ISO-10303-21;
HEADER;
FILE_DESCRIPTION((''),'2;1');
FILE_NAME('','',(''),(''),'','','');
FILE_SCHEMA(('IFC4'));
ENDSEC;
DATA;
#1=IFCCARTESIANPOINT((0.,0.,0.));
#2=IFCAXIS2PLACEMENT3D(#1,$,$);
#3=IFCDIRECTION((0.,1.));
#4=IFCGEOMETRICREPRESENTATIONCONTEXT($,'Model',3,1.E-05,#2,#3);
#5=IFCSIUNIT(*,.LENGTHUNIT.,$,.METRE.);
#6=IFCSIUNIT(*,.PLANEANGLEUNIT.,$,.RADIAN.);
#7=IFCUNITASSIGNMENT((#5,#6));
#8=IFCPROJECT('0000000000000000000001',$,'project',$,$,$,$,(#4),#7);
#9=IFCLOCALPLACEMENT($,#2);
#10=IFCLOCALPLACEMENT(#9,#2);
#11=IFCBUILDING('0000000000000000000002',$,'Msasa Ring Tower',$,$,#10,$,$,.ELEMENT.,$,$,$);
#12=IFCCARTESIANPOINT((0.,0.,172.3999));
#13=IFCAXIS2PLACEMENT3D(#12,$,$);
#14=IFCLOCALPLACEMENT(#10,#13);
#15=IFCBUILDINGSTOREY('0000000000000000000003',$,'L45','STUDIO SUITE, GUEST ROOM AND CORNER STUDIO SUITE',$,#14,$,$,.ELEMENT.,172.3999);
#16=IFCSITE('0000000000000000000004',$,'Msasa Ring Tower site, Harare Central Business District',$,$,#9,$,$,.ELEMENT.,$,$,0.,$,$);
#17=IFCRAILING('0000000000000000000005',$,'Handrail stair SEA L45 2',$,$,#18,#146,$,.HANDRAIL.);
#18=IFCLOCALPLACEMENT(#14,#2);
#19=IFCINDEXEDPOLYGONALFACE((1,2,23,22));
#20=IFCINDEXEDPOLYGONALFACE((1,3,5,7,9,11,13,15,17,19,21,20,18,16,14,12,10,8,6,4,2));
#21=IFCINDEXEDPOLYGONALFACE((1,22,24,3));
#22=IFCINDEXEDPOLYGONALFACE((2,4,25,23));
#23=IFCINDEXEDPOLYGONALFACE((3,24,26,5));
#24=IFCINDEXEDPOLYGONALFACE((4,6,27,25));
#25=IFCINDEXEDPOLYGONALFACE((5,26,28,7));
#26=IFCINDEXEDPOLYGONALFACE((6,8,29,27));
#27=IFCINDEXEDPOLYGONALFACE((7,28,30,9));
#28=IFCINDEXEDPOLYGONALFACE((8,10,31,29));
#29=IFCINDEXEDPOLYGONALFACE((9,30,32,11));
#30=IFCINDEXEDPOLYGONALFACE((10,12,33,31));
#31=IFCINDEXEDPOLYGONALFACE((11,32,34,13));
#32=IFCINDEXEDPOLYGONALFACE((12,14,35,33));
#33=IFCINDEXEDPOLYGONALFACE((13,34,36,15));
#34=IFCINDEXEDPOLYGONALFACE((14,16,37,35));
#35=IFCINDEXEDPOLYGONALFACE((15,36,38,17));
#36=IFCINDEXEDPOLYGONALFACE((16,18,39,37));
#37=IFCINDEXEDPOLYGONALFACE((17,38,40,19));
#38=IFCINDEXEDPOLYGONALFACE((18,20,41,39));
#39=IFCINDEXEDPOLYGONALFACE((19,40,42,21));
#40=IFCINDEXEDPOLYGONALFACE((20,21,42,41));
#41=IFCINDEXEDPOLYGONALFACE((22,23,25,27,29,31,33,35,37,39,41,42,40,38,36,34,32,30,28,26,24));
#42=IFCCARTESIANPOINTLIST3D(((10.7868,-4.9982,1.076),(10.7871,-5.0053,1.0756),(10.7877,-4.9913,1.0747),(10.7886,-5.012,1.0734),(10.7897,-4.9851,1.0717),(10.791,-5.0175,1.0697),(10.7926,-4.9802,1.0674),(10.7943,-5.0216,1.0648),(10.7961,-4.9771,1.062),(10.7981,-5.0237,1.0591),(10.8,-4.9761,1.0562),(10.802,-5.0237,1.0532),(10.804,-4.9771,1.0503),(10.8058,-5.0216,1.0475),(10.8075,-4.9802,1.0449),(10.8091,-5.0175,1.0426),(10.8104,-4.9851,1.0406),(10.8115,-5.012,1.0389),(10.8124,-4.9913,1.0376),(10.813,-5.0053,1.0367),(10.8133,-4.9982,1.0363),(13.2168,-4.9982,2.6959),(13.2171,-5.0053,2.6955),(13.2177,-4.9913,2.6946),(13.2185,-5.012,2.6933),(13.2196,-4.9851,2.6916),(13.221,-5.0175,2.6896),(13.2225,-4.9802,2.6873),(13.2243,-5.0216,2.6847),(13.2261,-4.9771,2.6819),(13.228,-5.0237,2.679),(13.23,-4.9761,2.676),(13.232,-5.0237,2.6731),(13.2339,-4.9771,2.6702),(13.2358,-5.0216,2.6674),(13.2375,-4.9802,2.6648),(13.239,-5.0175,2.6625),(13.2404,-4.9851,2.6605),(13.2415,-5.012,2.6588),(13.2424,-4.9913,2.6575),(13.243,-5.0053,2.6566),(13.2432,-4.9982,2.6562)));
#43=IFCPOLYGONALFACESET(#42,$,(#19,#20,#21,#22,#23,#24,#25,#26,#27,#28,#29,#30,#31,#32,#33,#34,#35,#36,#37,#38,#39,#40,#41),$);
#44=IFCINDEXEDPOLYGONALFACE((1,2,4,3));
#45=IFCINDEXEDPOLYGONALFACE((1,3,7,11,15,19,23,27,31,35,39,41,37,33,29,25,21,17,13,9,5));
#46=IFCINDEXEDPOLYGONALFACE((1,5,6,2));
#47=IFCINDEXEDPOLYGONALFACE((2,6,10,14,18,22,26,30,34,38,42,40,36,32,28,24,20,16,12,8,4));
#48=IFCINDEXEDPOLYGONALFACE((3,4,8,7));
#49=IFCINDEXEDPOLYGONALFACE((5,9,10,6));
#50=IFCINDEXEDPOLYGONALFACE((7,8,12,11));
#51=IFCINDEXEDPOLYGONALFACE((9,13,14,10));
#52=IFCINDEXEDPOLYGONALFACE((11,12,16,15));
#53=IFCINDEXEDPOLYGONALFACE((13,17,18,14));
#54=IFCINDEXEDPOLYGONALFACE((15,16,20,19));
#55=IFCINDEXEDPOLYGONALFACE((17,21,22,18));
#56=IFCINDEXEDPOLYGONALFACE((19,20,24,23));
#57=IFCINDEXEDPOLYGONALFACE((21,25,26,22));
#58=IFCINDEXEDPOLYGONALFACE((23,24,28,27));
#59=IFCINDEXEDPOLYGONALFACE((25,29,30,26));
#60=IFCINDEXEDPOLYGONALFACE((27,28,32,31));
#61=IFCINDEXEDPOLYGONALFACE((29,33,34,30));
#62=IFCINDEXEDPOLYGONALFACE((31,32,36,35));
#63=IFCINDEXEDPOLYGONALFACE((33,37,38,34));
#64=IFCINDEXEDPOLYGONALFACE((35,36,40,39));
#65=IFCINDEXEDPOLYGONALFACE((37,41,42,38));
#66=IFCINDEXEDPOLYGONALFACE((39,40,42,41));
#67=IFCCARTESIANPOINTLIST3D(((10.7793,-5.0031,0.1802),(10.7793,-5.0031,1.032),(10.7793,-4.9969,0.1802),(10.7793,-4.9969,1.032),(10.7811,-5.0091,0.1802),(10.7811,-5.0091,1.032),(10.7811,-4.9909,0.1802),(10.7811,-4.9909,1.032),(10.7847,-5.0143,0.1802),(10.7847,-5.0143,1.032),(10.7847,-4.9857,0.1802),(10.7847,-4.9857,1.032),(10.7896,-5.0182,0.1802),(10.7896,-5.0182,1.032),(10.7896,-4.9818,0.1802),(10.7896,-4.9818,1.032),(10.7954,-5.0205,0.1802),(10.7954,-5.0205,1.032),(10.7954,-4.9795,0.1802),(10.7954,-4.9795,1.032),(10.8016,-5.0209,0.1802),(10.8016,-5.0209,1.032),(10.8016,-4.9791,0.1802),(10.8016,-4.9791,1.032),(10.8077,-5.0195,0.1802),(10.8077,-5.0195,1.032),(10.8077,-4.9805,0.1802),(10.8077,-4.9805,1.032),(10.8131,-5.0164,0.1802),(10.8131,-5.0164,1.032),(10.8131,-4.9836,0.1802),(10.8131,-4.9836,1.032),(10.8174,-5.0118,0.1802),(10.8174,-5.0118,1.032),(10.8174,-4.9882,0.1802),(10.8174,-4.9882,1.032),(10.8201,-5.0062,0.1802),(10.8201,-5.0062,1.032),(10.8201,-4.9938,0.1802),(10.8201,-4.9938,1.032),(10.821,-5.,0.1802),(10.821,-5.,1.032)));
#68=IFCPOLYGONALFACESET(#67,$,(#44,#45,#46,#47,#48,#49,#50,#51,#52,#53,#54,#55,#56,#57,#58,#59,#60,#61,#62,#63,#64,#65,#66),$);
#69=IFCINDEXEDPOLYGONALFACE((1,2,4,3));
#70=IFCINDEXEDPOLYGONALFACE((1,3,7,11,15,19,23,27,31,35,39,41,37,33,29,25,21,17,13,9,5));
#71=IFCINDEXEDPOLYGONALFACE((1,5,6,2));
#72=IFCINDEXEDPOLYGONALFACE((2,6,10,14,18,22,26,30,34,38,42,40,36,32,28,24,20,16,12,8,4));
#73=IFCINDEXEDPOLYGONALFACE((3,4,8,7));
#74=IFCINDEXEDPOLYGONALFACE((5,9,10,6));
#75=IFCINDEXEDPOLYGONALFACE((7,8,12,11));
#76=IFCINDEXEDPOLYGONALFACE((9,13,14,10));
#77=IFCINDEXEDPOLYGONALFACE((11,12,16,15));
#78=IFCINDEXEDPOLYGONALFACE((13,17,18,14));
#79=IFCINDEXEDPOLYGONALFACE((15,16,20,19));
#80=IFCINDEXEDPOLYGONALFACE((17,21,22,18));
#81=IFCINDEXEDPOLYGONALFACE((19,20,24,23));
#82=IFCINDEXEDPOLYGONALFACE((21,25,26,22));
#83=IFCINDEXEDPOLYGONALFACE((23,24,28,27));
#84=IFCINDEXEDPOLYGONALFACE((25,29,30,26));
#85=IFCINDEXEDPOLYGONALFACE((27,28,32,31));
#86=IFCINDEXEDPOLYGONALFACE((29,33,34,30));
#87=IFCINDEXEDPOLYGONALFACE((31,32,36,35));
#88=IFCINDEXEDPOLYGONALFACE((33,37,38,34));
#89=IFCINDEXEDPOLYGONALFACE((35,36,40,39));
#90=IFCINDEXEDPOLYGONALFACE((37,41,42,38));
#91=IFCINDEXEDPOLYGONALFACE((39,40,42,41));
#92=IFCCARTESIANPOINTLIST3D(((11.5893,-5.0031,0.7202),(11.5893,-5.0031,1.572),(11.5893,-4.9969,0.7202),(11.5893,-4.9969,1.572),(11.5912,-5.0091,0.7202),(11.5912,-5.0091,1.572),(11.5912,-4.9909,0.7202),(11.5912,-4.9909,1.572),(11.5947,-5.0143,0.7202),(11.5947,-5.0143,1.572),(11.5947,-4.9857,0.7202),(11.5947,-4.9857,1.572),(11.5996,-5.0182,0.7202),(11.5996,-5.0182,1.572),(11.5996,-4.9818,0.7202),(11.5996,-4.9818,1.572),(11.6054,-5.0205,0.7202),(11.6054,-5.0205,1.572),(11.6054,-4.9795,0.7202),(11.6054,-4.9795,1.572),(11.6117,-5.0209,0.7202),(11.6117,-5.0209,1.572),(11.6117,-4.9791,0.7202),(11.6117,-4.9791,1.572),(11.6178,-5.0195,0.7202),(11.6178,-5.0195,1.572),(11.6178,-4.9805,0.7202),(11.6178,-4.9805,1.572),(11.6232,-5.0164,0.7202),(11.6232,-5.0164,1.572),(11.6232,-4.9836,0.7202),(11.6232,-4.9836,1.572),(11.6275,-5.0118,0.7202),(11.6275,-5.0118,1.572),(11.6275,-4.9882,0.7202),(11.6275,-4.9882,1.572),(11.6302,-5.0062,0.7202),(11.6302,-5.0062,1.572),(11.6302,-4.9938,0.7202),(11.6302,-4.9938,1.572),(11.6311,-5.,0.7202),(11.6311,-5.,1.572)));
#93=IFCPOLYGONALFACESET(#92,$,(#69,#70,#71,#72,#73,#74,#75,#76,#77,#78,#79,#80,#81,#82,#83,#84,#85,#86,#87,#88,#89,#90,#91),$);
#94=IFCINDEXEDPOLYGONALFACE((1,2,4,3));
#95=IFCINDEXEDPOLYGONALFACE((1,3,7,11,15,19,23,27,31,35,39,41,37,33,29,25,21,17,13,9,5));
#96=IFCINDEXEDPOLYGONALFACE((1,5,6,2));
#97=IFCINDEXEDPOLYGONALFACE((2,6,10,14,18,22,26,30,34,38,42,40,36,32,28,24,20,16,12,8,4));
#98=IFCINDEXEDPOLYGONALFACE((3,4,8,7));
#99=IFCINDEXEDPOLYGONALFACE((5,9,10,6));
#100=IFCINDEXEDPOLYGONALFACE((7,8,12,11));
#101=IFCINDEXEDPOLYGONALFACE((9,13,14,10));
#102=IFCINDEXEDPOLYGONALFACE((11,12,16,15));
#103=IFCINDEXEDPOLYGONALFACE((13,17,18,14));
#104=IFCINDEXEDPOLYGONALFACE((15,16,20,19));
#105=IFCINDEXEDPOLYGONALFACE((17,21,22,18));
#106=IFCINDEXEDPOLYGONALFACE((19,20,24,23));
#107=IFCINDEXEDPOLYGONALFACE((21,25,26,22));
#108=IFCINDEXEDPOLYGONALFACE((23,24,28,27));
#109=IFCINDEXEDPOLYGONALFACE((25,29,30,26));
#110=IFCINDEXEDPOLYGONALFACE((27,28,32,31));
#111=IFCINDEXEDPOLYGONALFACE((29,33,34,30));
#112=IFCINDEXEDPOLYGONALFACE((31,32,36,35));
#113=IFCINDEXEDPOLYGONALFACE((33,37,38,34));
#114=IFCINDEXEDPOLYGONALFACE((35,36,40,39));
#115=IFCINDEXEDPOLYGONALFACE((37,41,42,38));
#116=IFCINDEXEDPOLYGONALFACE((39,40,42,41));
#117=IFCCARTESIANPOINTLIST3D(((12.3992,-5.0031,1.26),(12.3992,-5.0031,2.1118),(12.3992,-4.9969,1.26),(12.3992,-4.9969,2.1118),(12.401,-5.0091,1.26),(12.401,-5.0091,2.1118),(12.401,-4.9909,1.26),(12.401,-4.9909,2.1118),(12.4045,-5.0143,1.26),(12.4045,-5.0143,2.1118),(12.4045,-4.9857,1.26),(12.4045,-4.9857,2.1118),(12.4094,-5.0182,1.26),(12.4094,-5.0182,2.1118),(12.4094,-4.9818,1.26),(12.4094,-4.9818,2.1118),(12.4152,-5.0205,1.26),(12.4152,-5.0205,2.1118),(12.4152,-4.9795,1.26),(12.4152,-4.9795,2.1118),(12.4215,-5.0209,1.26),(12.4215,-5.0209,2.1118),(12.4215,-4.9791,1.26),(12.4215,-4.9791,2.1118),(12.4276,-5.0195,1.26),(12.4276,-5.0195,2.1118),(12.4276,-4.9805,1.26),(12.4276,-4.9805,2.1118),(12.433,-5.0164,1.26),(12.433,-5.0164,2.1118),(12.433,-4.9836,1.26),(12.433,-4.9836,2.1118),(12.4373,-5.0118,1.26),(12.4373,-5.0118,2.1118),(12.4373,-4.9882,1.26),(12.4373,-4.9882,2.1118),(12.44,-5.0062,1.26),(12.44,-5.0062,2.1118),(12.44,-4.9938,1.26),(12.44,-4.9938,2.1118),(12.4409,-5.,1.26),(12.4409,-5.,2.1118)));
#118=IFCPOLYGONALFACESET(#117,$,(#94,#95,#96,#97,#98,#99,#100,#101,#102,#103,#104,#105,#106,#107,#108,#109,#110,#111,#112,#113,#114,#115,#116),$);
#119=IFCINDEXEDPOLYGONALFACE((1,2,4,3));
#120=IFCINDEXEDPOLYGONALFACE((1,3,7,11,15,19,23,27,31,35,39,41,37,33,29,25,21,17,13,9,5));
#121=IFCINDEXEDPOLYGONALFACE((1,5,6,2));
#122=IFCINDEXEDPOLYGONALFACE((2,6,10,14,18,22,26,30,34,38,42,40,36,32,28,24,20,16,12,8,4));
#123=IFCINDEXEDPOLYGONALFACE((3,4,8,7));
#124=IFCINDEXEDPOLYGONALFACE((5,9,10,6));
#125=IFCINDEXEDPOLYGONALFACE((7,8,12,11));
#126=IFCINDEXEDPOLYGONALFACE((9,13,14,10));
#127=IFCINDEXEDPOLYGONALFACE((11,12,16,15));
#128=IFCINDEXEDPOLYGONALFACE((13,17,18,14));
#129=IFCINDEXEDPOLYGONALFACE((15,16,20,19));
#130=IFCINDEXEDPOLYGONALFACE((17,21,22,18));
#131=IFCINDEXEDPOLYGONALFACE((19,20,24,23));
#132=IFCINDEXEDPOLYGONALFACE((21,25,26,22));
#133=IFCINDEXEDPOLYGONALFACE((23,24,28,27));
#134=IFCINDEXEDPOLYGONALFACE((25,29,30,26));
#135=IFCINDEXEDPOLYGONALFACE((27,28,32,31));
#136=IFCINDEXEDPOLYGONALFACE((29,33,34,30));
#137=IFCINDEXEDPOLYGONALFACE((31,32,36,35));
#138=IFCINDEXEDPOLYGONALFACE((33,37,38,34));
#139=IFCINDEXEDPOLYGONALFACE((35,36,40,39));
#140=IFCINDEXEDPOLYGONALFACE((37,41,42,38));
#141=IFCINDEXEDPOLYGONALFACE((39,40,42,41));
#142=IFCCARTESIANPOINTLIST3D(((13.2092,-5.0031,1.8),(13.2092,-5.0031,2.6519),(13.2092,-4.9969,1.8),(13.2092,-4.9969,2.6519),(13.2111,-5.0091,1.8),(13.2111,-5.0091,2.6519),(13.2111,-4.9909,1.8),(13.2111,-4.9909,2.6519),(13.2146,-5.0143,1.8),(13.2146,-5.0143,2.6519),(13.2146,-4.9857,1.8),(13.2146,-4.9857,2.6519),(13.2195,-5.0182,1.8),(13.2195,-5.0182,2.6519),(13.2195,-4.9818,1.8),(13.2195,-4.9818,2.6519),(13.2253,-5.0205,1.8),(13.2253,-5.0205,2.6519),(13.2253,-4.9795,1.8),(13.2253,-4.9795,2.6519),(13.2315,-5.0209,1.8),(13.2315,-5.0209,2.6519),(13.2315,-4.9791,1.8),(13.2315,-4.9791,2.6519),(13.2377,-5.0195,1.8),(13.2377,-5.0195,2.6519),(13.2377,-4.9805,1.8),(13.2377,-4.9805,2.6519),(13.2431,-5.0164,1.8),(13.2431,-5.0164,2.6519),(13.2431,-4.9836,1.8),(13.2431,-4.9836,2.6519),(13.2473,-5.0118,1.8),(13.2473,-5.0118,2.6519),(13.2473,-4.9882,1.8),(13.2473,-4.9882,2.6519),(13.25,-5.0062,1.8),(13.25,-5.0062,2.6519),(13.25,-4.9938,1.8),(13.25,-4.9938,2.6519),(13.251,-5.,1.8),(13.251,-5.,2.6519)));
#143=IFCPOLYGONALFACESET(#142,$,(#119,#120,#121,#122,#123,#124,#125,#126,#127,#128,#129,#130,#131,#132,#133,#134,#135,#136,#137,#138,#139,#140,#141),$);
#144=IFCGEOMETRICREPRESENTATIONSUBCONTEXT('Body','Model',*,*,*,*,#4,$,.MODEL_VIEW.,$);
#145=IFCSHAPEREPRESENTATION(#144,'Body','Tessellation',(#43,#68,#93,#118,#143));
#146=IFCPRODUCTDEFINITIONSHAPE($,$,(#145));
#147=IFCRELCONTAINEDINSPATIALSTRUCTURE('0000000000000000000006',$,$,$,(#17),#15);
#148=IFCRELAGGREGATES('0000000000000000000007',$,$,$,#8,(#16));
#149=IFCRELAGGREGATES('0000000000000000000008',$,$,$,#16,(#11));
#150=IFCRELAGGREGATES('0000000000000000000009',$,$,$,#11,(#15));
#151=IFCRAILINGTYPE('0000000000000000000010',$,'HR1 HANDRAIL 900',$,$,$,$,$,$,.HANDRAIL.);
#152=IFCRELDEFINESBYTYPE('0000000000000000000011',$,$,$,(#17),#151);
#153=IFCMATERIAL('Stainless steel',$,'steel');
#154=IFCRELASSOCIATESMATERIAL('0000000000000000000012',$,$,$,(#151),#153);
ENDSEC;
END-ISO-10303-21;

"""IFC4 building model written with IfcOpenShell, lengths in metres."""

from ifc_helpers import new_model, si_unit, direction, frame, origin, origin_2d, place, context, subcontext, project, spatial, circle, extrude, material, type_object, element, save


model = new_model("IFC4")

# Units and contexts
model_context = context("Model", 3, precision=1e-05, world=origin(), true_north=direction((0.0, 1.0)))
body_context = subcontext(model_context, "Body", "Model", "MODEL_VIEW")
ifc_project = project(units=[si_unit("LENGTHUNIT", "METRE"), si_unit("PLANEANGLEUNIT", "RADIAN")], contexts=[model_context])

# Site, building, storey
site_placement = place(None, origin())
site = spatial("IfcSite", under=ifc_project, at=site_placement, Name="Msasa Ring Tower site, Harare Central Business District", CompositionType="ELEMENT", RefElevation=0.0)
building_placement = place(site_placement, origin())
building = spatial("IfcBuilding", under=site, at=building_placement, Name="Msasa Ring Tower", CompositionType="ELEMENT")
storey_placement = place(building_placement, frame((0.0, 0.0, 172.3999)))
storey = spatial("IfcBuildingStorey", under=building, at=storey_placement, Name="L45", Description="STUDIO SUITE, GUEST ROOM AND CORNER STUDIO SUITE", CompositionType="ELEMENT", Elevation=172.3999)

# Railing
ifc_material_1 = material(Name="Stainless steel", Category="steel")
railing_type = type_object("IfcRailingType", Name="HR1 HANDRAIL 900", PredefinedType="HANDRAIL", material=ifc_material_1)
for number, where, name in (
    (1, (10.8, -5.0, 0.1802), "Handrail stair SEA L45 2"),
):
    element("IfcRailing", number, at=place(storey_placement, frame(where)), inside=storey, type_object=railing_type, Name=name, PredefinedType="HANDRAIL", context=body_context, shape_type="SweptSolid", body=[
        extrude(circle(Radius=0.0239, at=origin_2d()), frame((0.0, 0.0, 0.876), z_axis=(0.832063, 0.0, 0.554681), x_axis=(0.0, 1.0, 0.0)), (0.0, 0.0, 1.0), 2.9204),
        extrude(circle(Radius=0.021, at=origin_2d()), origin(), (0.0, 0.0, 1.0), 0.8518),
        extrude(circle(Radius=0.021, at=origin_2d()), frame((0.8101, 0.0, 0.54)), (0.0, 0.0, 1.0), 0.8518),
        extrude(circle(Radius=0.021, at=origin_2d()), frame((1.6199, 0.0, 1.0798)), (0.0, 0.0, 1.0), 0.8518),
        extrude(circle(Radius=0.021, at=origin_2d()), frame((2.4299, 0.0, 1.6199)), (0.0, 0.0, 1.0), 0.8518),
    ])

save(model, "model.ifc")
